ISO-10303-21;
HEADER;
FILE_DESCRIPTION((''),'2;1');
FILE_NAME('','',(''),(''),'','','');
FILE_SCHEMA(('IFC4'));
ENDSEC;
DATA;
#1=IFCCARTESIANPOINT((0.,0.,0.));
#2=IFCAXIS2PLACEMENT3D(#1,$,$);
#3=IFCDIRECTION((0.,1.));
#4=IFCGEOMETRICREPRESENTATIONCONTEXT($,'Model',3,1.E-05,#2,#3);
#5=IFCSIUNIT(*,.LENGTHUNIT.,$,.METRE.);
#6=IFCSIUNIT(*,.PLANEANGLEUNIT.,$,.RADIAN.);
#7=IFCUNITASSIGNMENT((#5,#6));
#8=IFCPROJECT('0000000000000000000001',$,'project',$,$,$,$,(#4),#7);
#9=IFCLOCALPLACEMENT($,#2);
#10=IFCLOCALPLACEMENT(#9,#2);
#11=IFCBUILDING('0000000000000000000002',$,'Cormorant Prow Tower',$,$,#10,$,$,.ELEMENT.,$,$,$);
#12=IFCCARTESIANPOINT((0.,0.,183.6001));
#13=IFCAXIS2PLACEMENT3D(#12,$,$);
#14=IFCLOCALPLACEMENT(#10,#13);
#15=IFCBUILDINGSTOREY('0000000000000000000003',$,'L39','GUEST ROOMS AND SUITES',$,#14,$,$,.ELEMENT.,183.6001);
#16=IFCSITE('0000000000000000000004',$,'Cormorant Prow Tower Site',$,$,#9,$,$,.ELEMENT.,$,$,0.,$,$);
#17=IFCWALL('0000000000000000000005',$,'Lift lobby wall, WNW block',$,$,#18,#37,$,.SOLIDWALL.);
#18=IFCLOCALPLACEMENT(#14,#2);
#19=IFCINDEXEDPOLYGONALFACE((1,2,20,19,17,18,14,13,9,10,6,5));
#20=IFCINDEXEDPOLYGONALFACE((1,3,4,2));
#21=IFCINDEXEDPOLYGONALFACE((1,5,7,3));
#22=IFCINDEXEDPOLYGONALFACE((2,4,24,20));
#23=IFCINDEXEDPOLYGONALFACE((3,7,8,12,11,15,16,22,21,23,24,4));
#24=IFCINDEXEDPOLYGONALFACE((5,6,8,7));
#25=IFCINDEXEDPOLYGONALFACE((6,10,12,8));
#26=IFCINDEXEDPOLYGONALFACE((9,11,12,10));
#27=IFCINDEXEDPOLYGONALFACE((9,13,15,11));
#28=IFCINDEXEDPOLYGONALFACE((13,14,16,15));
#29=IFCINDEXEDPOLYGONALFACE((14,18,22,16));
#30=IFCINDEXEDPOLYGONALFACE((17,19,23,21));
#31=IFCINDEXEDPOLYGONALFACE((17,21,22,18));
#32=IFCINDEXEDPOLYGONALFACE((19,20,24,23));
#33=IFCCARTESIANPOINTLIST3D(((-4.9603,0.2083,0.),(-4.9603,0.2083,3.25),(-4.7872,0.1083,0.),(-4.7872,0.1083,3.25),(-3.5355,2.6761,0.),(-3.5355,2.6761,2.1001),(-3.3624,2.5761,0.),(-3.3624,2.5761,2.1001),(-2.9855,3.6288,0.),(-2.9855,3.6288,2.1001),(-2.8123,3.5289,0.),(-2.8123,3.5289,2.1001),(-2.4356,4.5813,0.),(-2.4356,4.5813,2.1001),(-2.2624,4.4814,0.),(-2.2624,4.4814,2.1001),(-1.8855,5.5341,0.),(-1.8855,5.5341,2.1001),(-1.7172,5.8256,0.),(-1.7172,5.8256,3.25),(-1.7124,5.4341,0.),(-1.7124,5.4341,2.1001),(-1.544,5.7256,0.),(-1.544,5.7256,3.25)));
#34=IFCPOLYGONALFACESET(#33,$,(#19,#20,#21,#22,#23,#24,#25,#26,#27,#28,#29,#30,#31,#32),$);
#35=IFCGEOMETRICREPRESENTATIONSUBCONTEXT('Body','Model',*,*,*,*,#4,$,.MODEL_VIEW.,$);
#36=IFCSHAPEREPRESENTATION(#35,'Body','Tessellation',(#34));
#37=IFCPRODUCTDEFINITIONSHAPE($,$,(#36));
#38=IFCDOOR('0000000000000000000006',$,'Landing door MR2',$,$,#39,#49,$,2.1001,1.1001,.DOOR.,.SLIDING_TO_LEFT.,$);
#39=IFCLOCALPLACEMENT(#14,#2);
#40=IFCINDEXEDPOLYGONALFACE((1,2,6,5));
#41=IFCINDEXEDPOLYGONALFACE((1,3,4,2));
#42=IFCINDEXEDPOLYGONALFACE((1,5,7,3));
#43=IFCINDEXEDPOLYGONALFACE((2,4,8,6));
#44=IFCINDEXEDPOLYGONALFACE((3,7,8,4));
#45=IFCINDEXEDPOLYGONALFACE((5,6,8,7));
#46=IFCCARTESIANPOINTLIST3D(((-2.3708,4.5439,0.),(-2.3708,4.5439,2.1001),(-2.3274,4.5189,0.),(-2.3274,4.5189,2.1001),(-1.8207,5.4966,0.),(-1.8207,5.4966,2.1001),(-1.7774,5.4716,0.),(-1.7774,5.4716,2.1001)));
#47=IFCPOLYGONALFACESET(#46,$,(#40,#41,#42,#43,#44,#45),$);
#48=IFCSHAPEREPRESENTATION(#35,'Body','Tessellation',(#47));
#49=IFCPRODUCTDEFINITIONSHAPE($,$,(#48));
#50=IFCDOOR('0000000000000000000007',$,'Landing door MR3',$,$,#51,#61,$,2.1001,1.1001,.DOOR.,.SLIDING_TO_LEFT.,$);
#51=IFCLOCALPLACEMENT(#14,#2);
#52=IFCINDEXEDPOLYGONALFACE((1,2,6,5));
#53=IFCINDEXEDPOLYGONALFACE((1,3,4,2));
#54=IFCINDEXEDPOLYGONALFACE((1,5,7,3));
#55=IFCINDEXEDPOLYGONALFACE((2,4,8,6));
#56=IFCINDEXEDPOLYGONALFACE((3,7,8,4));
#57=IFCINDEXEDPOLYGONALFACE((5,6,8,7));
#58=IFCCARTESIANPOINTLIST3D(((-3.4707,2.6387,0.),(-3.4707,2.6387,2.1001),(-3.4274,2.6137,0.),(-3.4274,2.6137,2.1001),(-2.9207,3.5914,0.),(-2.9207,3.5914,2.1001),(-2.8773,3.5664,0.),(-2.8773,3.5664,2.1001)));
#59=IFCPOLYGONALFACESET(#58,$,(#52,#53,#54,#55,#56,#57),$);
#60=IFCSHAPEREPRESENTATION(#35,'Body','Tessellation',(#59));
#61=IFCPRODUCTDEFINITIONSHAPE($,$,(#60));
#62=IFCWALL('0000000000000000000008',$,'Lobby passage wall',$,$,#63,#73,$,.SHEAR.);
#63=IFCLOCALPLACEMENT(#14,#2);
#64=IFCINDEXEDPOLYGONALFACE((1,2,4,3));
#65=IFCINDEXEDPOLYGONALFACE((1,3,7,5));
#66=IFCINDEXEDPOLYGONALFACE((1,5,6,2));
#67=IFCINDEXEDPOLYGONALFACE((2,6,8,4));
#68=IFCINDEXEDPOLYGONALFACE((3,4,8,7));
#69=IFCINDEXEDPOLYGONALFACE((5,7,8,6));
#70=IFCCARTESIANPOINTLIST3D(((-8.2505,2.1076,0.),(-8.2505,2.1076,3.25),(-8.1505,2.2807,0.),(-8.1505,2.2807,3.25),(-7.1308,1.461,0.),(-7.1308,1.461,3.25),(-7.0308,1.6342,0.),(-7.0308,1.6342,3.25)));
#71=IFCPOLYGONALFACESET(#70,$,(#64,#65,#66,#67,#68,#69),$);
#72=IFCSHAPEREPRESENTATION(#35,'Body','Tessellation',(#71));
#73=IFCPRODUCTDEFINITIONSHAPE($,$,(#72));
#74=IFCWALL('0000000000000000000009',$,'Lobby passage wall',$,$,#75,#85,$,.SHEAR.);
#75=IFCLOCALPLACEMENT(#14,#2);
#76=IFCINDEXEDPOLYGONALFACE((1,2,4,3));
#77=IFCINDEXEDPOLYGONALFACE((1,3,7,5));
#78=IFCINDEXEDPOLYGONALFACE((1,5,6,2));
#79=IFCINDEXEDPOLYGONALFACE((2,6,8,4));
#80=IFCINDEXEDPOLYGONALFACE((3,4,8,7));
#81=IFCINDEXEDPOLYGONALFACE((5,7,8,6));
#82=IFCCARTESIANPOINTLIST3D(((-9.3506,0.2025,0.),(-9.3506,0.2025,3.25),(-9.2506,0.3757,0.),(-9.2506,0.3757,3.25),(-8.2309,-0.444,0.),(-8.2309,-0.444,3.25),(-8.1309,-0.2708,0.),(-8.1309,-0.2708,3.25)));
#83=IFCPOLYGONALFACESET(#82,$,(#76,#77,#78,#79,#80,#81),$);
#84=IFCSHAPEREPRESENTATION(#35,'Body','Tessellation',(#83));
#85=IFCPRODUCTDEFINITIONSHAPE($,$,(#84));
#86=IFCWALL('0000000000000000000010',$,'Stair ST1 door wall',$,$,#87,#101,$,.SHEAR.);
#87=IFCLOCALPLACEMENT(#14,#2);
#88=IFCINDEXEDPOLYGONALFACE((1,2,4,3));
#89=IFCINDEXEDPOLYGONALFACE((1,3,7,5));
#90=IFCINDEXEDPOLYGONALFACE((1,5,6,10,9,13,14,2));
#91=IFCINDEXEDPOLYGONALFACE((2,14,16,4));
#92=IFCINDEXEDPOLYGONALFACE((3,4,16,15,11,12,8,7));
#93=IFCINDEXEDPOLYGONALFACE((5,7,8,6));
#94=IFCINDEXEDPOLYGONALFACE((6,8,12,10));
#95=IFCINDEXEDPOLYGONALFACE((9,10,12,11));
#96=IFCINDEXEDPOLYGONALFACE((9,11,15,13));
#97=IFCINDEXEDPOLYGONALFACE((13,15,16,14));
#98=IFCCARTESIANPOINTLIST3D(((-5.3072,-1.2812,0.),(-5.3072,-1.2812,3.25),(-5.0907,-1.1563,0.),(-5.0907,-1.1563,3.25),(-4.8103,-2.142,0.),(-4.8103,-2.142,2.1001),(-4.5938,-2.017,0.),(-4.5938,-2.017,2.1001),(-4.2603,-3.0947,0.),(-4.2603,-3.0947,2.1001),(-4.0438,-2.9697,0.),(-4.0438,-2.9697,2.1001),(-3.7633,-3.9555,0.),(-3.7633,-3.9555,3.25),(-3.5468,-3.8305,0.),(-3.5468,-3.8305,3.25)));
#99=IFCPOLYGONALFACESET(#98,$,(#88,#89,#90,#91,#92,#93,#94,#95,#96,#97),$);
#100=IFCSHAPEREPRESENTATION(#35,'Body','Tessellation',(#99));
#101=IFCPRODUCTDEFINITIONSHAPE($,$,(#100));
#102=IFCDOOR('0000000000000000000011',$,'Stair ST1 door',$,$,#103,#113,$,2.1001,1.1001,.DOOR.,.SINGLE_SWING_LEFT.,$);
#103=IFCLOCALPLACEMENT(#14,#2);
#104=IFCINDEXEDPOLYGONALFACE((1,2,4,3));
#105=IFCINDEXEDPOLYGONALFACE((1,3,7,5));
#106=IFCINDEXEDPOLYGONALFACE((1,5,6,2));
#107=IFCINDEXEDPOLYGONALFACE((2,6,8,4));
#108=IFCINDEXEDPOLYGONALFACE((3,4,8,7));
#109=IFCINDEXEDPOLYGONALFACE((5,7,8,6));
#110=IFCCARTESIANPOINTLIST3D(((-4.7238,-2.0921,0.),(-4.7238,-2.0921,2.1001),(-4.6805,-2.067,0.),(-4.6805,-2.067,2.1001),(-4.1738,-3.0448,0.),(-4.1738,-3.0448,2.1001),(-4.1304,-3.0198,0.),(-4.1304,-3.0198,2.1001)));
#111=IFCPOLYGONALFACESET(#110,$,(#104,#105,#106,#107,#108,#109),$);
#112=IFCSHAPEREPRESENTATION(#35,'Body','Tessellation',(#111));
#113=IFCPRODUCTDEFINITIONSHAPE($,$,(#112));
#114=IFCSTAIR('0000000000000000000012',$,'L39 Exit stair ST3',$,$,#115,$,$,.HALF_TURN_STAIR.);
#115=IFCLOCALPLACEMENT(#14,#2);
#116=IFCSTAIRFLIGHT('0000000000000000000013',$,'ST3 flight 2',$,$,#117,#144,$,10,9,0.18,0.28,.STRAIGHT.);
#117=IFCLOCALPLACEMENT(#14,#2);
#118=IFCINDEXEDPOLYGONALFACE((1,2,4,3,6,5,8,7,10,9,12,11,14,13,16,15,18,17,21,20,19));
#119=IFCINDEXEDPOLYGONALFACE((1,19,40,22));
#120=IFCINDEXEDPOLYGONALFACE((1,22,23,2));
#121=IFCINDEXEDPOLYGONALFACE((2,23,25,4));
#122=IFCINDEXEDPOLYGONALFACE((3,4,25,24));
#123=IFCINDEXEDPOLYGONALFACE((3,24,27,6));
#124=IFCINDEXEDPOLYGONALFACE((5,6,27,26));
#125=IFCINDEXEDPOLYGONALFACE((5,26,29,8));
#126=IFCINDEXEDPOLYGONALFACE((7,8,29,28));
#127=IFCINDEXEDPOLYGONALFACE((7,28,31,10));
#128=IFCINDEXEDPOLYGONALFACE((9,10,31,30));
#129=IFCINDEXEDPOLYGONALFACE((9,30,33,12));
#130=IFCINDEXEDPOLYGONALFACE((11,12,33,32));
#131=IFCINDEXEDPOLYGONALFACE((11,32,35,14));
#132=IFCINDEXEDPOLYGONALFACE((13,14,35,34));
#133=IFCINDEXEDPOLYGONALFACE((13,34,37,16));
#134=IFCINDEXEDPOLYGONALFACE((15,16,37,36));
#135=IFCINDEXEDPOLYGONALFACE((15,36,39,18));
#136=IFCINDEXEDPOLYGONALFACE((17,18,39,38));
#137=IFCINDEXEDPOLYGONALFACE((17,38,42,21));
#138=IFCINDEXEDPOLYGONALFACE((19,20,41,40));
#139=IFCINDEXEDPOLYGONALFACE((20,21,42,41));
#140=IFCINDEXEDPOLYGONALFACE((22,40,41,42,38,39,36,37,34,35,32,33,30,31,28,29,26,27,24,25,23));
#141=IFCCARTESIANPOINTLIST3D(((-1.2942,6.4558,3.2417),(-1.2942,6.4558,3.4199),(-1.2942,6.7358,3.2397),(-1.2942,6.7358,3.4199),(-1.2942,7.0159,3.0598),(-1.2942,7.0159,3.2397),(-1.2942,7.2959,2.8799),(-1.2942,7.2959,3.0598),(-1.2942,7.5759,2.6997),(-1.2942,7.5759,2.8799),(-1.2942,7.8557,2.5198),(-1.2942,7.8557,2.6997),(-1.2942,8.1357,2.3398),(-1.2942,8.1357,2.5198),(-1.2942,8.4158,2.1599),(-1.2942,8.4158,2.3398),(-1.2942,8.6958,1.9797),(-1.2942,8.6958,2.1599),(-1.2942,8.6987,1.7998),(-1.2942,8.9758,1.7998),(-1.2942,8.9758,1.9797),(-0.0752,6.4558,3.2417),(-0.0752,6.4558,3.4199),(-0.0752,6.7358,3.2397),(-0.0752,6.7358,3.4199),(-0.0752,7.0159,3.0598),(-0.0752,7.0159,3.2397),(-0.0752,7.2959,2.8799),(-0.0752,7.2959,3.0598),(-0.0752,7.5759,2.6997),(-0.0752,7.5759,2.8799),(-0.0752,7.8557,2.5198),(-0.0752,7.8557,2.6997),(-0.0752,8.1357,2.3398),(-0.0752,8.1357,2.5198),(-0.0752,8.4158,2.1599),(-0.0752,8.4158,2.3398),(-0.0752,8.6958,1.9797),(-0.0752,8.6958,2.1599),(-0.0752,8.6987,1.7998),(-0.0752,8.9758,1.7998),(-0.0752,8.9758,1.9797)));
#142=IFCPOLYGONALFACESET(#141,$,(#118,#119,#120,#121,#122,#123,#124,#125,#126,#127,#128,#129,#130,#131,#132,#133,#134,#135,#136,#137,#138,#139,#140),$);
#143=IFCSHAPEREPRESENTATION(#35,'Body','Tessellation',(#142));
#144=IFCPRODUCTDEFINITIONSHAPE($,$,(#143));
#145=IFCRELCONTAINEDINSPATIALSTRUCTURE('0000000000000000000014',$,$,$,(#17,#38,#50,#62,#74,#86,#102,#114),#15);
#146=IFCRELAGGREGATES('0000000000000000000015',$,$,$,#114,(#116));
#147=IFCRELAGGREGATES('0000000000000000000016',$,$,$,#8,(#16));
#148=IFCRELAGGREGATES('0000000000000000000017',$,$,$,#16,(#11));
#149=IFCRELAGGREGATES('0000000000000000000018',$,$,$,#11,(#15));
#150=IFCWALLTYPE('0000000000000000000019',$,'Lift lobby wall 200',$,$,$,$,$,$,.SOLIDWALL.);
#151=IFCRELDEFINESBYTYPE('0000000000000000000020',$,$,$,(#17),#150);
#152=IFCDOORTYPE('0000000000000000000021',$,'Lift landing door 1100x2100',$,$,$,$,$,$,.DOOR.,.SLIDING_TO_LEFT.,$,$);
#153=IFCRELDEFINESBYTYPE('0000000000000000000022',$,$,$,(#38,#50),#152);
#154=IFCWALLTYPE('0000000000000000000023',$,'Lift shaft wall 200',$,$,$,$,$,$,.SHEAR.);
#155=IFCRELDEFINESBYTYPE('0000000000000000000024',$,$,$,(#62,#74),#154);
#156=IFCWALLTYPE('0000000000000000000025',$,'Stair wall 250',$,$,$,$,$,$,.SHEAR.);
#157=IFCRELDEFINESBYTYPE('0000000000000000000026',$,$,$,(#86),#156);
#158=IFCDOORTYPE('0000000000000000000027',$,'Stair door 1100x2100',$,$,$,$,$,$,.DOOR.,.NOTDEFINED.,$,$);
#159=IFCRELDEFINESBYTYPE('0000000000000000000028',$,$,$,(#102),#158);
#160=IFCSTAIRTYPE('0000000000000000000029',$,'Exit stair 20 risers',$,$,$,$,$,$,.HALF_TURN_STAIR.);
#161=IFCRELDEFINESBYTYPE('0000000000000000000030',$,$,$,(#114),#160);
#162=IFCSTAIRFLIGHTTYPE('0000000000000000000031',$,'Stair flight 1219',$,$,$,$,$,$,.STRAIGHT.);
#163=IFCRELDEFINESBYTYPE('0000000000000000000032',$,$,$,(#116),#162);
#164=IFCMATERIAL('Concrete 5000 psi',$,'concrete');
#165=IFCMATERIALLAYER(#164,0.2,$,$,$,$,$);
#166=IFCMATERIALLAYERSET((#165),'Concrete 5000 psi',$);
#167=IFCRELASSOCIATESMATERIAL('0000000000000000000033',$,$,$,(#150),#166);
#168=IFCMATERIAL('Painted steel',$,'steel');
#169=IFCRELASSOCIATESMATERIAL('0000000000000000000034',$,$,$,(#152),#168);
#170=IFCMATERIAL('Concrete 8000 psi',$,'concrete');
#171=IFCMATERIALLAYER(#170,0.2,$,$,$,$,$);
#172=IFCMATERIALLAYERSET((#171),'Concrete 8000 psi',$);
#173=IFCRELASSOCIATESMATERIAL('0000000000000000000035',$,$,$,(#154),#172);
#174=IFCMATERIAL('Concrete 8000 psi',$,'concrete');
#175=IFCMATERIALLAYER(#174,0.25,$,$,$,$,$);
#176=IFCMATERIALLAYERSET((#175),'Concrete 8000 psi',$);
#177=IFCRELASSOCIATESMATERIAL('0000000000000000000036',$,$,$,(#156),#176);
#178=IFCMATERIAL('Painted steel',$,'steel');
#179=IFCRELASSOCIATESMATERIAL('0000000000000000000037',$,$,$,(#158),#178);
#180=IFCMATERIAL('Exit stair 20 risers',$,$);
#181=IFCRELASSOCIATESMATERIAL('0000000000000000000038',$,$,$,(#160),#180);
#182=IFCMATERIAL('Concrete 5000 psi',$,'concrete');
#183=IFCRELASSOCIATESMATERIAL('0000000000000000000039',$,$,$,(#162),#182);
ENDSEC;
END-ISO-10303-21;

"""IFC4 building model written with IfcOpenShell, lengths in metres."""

from ifc_helpers import new_model, si_unit, direction, frame, frame_2d, origin, place, context, subcontext, project, spatial, polyline, rectangle, outline, extrude, material, layer, layer_set, type_object, element, fill, aggregate, save


model = new_model("IFC4")

# Units and contexts
model_context = context("Model", 3, precision=1e-05, world=origin(), true_north=direction((0.0, 1.0)))
body_context = subcontext(model_context, "Body", "Model", "MODEL_VIEW")
ifc_project = project(units=[si_unit("LENGTHUNIT", "METRE"), si_unit("PLANEANGLEUNIT", "RADIAN")], contexts=[model_context])

# Site, building, storey
site_placement = place(None, origin())
site = spatial("IfcSite", under=ifc_project, at=site_placement, Name="Cormorant Prow Tower Site", CompositionType="ELEMENT", RefElevation=0.0)
building_placement = place(site_placement, origin())
building = spatial("IfcBuilding", under=site, at=building_placement, Name="Cormorant Prow Tower", CompositionType="ELEMENT")
storey_placement = place(building_placement, frame((0.0, 0.0, 183.6001)))
storey = spatial("IfcBuildingStorey", under=building, at=storey_placement, Name="L39", Description="GUEST ROOMS AND SUITES", CompositionType="ELEMENT", Elevation=183.6001)

# Wall, openings, doors
ifc_material_1 = material(Name="Concrete 5000 psi", Category="concrete")
ifc_layer_1 = layer(ifc_material_1, 0.2)
ifc_layer_set_1 = layer_set([ifc_layer_1], Name="Concrete 5000 psi")
wall_type_1 = type_object("IfcWallType", Name="Lift lobby wall 200", PredefinedType="SOLIDWALL", material=ifc_layer_set_1)
wall_1_placement = place(storey_placement, frame((-1.6306, 5.7756, 0.0), z_axis=(0.0, 0.0, 1.0), x_axis=(-0.499993, -0.86603, 0.0)))
wall_1 = element("IfcWall", 1, at=wall_1_placement, inside=storey, type_object=wall_type_1, Name="Lift lobby wall, WNW block", PredefinedType="SOLIDWALL", context=body_context, shape_type="SweptSolid", body=[
    extrude(rectangle(XDim=6.4863, YDim=0.2, at=frame_2d((3.2432, 0.0))), origin(), (0.0, 0.0, 1.0), 3.25),
])
opening_1_placement = place(wall_1_placement, frame((0.3367, 0.0, 0.0)))
opening_1 = element("IfcOpeningElement", 2, at=opening_1_placement, cuts=wall_1, PredefinedType="OPENING", context=body_context, shape_type="SweptSolid", body=[
    extrude(rectangle(XDim=1.1001, YDim=2.1001, at=frame_2d((0.55, 1.05))), frame((0.0, 0.1099, 0.0), z_axis=(0.0, -1.0, 0.0), x_axis=(1.0, 0.0, 0.0)), (0.0, 0.0, 1.0), 0.22),
])
opening_2_placement = place(wall_1_placement, frame((2.5366, 0.0, 0.0)))
opening_2 = element("IfcOpeningElement", 3, at=opening_2_placement, cuts=wall_1, PredefinedType="OPENING", context=body_context, shape_type="SweptSolid", body=[
    extrude(rectangle(XDim=1.1001, YDim=2.1001, at=frame_2d((0.55, 1.05))), frame((0.0, 0.1099, 0.0), z_axis=(0.0, -1.0, 0.0), x_axis=(1.0, 0.0, 0.0)), (0.0, 0.0, 1.0), 0.22),
])
ifc_material_2 = material(Name="Painted steel", Category="steel")
door_type_1 = type_object("IfcDoorType", Name="Lift landing door 1100x2100", OperationType="SLIDING_TO_LEFT", PredefinedType="DOOR", material=ifc_material_2)
door_1_placement = place(opening_1_placement, origin())
door_1 = element("IfcDoor", 4, at=door_1_placement, inside=storey, type_object=door_type_1, Name="Landing door MR2", OperationType="SLIDING_TO_LEFT", OverallHeight=2.1001, OverallWidth=1.1001, PredefinedType="DOOR", context=body_context, shape_type="SweptSolid", body=[
    extrude(rectangle(XDim=1.1001, YDim=2.1001, at=frame_2d((0.55, 1.05))), frame((0.0, 0.0249, 0.0), z_axis=(0.0, -1.0, 0.0), x_axis=(1.0, 0.0, 0.0)), (0.0, 0.0, 1.0), 0.05),
])
fill(opening_1, door_1)
door_2_placement = place(opening_2_placement, origin())
door_2 = element("IfcDoor", 5, at=door_2_placement, inside=storey, type_object=door_type_1, Name="Landing door MR3", OperationType="SLIDING_TO_LEFT", OverallHeight=2.1001, OverallWidth=1.1001, PredefinedType="DOOR", context=body_context, shape_type="SweptSolid", body=[
    extrude(rectangle(XDim=1.1001, YDim=2.1001, at=frame_2d((0.55, 1.05))), frame((0.0, 0.0249, 0.0), z_axis=(0.0, -1.0, 0.0), x_axis=(1.0, 0.0, 0.0)), (0.0, 0.0, 1.0), 0.05),
])
fill(opening_2, door_2)

# Walls
ifc_material_3 = material(Name="Concrete 8000 psi", Category="concrete")
ifc_layer_2 = layer(ifc_material_3, 0.2)
ifc_layer_set_2 = layer_set([ifc_layer_2], Name="Concrete 8000 psi")
wall_type_2 = type_object("IfcWallType", Name="Lift shaft wall 200", PredefinedType="SHEAR", material=ifc_layer_set_2)
for number, where, z_axis, x_axis, name in (
    (6, (-7.0808, 1.5476, 0.0), (0.0, 0.0, 1.0), (-0.866003, 0.500038, 0.0), "Lobby passage wall"),
    (7, (-8.1809, -0.3574, 0.0), (0.0, 0.0, 1.0), (-0.866003, 0.500038, 0.0), "Lobby passage wall"),
):
    element("IfcWall", number, at=place(storey_placement, frame(where, z_axis=z_axis, x_axis=x_axis)), inside=storey, type_object=wall_type_2, Name=name, PredefinedType="SHEAR", context=body_context, shape_type="SweptSolid", body=[
        extrude(rectangle(XDim=1.293, YDim=0.2, at=frame_2d((0.6465, 0.0))), origin(), (0.0, 0.0, 1.0), 3.25),
    ])

# Wall, opening, door
ifc_material_4 = material(Name="Concrete 8000 psi", Category="concrete")
ifc_layer_3 = layer(ifc_material_4, 0.25)
ifc_layer_set_3 = layer_set([ifc_layer_3], Name="Concrete 8000 psi")
wall_type_3 = type_object("IfcWallType", Name="Stair wall 250", PredefinedType="SHEAR", material=ifc_layer_set_3)
wall_2_placement = place(storey_placement, frame((-5.199, -1.2188, 0.0), z_axis=(0.0, 0.0, 1.0), x_axis=(0.499983, -0.866035, 0.0)))
wall_2 = element("IfcWall", 8, at=wall_2_placement, inside=storey, type_object=wall_type_3, Name="Stair ST1 door wall", PredefinedType="SHEAR", context=body_context, shape_type="SweptSolid", body=[
    extrude(rectangle(XDim=3.0879, YDim=0.25, at=frame_2d((1.5439, 0.0))), origin(), (0.0, 0.0, 1.0), 3.25),
])
opening_3_placement = place(wall_2_placement, frame((0.9939, 0.0, 0.0)))
opening_3 = element("IfcOpeningElement", 9, at=opening_3_placement, cuts=wall_2, PredefinedType="OPENING", context=body_context, shape_type="SweptSolid", body=[
    extrude(rectangle(XDim=1.1001, YDim=2.1001, at=frame_2d((0.55, 1.05))), frame((0.0, 0.135, 0.0), z_axis=(0.0, -1.0, 0.0), x_axis=(1.0, 0.0, 0.0)), (0.0, 0.0, 1.0), 0.27),
])
ifc_material_5 = material(Name="Painted steel", Category="steel")
door_type_2 = type_object("IfcDoorType", Name="Stair door 1100x2100", OperationType="NOTDEFINED", PredefinedType="DOOR", material=ifc_material_5)
door_3_placement = place(opening_3_placement, origin())
door_3 = element("IfcDoor", 10, at=door_3_placement, inside=storey, type_object=door_type_2, Name="Stair ST1 door", OperationType="SINGLE_SWING_LEFT", OverallHeight=2.1001, OverallWidth=1.1001, PredefinedType="DOOR", context=body_context, shape_type="SweptSolid", body=[
    extrude(rectangle(XDim=1.1001, YDim=2.1001, at=frame_2d((0.55, 1.05))), frame((0.0, 0.0249, 0.0), z_axis=(0.0, -1.0, 0.0), x_axis=(1.0, 0.0, 0.0)), (0.0, 0.0, 1.0), 0.05),
])
fill(opening_3, door_3)

# Stair, stair flight
ifc_material_6 = material(Name="Exit stair 20 risers")
stair_type = type_object("IfcStairType", Name="Exit stair 20 risers", PredefinedType="HALF_TURN_STAIR", material=ifc_material_6)
stair_placement = place(storey_placement, origin())
stair = element("IfcStair", 11, at=stair_placement, inside=storey, type_object=stair_type, Name="L39 Exit stair ST3", PredefinedType="HALF_TURN_STAIR")
ifc_material_7 = material(Name="Concrete 5000 psi", Category="concrete")
stair_flight_type = type_object("IfcStairFlightType", Name="Stair flight 1219", PredefinedType="STRAIGHT", material=ifc_material_7)
stair_flight_placement = place(storey_placement, frame((-0.6846, 8.9758, 1.7998), z_axis=(0.0, 0.0, 1.0), x_axis=(0.0, -1.0, 0.0)))
stair_flight = element("IfcStairFlight", 12, at=stair_flight_placement, type_object=stair_flight_type, Name="ST3 flight 2", NumberOfRisers=10, NumberOfTreads=9, PredefinedType="STRAIGHT", RiserHeight=0.18, TreadLength=0.28, context=body_context, shape_type="SweptSolid", body=[
    extrude(outline(polyline([(0.0, 0.0), (0.0, 0.1799), (0.28, 0.1799), (0.28, 0.3601), (0.5601, 0.3601), (0.5601, 0.54), (0.8401, 0.54), (0.8401, 0.72), (1.1201, 0.72), (1.1201, 0.8999), (1.3999, 0.8999), (1.3999, 1.0801), (1.6799, 1.0801), (1.6799, 1.26), (1.96, 1.26), (1.96, 1.4399), (2.24, 1.4399), (2.24, 1.6201), (2.52, 1.6201), (2.52, 1.8), (2.52, 1.4419), (0.2771, 0.0), (0.0, 0.0)])), frame((0.0, 0.6094, 0.0), z_axis=(0.0, -1.0, 0.0), x_axis=(1.0, 0.0, 0.0)), (0.0, 0.0, 1.0), 1.219),
])
aggregate(stair, [stair_flight])

save(model, "model.ifc")
